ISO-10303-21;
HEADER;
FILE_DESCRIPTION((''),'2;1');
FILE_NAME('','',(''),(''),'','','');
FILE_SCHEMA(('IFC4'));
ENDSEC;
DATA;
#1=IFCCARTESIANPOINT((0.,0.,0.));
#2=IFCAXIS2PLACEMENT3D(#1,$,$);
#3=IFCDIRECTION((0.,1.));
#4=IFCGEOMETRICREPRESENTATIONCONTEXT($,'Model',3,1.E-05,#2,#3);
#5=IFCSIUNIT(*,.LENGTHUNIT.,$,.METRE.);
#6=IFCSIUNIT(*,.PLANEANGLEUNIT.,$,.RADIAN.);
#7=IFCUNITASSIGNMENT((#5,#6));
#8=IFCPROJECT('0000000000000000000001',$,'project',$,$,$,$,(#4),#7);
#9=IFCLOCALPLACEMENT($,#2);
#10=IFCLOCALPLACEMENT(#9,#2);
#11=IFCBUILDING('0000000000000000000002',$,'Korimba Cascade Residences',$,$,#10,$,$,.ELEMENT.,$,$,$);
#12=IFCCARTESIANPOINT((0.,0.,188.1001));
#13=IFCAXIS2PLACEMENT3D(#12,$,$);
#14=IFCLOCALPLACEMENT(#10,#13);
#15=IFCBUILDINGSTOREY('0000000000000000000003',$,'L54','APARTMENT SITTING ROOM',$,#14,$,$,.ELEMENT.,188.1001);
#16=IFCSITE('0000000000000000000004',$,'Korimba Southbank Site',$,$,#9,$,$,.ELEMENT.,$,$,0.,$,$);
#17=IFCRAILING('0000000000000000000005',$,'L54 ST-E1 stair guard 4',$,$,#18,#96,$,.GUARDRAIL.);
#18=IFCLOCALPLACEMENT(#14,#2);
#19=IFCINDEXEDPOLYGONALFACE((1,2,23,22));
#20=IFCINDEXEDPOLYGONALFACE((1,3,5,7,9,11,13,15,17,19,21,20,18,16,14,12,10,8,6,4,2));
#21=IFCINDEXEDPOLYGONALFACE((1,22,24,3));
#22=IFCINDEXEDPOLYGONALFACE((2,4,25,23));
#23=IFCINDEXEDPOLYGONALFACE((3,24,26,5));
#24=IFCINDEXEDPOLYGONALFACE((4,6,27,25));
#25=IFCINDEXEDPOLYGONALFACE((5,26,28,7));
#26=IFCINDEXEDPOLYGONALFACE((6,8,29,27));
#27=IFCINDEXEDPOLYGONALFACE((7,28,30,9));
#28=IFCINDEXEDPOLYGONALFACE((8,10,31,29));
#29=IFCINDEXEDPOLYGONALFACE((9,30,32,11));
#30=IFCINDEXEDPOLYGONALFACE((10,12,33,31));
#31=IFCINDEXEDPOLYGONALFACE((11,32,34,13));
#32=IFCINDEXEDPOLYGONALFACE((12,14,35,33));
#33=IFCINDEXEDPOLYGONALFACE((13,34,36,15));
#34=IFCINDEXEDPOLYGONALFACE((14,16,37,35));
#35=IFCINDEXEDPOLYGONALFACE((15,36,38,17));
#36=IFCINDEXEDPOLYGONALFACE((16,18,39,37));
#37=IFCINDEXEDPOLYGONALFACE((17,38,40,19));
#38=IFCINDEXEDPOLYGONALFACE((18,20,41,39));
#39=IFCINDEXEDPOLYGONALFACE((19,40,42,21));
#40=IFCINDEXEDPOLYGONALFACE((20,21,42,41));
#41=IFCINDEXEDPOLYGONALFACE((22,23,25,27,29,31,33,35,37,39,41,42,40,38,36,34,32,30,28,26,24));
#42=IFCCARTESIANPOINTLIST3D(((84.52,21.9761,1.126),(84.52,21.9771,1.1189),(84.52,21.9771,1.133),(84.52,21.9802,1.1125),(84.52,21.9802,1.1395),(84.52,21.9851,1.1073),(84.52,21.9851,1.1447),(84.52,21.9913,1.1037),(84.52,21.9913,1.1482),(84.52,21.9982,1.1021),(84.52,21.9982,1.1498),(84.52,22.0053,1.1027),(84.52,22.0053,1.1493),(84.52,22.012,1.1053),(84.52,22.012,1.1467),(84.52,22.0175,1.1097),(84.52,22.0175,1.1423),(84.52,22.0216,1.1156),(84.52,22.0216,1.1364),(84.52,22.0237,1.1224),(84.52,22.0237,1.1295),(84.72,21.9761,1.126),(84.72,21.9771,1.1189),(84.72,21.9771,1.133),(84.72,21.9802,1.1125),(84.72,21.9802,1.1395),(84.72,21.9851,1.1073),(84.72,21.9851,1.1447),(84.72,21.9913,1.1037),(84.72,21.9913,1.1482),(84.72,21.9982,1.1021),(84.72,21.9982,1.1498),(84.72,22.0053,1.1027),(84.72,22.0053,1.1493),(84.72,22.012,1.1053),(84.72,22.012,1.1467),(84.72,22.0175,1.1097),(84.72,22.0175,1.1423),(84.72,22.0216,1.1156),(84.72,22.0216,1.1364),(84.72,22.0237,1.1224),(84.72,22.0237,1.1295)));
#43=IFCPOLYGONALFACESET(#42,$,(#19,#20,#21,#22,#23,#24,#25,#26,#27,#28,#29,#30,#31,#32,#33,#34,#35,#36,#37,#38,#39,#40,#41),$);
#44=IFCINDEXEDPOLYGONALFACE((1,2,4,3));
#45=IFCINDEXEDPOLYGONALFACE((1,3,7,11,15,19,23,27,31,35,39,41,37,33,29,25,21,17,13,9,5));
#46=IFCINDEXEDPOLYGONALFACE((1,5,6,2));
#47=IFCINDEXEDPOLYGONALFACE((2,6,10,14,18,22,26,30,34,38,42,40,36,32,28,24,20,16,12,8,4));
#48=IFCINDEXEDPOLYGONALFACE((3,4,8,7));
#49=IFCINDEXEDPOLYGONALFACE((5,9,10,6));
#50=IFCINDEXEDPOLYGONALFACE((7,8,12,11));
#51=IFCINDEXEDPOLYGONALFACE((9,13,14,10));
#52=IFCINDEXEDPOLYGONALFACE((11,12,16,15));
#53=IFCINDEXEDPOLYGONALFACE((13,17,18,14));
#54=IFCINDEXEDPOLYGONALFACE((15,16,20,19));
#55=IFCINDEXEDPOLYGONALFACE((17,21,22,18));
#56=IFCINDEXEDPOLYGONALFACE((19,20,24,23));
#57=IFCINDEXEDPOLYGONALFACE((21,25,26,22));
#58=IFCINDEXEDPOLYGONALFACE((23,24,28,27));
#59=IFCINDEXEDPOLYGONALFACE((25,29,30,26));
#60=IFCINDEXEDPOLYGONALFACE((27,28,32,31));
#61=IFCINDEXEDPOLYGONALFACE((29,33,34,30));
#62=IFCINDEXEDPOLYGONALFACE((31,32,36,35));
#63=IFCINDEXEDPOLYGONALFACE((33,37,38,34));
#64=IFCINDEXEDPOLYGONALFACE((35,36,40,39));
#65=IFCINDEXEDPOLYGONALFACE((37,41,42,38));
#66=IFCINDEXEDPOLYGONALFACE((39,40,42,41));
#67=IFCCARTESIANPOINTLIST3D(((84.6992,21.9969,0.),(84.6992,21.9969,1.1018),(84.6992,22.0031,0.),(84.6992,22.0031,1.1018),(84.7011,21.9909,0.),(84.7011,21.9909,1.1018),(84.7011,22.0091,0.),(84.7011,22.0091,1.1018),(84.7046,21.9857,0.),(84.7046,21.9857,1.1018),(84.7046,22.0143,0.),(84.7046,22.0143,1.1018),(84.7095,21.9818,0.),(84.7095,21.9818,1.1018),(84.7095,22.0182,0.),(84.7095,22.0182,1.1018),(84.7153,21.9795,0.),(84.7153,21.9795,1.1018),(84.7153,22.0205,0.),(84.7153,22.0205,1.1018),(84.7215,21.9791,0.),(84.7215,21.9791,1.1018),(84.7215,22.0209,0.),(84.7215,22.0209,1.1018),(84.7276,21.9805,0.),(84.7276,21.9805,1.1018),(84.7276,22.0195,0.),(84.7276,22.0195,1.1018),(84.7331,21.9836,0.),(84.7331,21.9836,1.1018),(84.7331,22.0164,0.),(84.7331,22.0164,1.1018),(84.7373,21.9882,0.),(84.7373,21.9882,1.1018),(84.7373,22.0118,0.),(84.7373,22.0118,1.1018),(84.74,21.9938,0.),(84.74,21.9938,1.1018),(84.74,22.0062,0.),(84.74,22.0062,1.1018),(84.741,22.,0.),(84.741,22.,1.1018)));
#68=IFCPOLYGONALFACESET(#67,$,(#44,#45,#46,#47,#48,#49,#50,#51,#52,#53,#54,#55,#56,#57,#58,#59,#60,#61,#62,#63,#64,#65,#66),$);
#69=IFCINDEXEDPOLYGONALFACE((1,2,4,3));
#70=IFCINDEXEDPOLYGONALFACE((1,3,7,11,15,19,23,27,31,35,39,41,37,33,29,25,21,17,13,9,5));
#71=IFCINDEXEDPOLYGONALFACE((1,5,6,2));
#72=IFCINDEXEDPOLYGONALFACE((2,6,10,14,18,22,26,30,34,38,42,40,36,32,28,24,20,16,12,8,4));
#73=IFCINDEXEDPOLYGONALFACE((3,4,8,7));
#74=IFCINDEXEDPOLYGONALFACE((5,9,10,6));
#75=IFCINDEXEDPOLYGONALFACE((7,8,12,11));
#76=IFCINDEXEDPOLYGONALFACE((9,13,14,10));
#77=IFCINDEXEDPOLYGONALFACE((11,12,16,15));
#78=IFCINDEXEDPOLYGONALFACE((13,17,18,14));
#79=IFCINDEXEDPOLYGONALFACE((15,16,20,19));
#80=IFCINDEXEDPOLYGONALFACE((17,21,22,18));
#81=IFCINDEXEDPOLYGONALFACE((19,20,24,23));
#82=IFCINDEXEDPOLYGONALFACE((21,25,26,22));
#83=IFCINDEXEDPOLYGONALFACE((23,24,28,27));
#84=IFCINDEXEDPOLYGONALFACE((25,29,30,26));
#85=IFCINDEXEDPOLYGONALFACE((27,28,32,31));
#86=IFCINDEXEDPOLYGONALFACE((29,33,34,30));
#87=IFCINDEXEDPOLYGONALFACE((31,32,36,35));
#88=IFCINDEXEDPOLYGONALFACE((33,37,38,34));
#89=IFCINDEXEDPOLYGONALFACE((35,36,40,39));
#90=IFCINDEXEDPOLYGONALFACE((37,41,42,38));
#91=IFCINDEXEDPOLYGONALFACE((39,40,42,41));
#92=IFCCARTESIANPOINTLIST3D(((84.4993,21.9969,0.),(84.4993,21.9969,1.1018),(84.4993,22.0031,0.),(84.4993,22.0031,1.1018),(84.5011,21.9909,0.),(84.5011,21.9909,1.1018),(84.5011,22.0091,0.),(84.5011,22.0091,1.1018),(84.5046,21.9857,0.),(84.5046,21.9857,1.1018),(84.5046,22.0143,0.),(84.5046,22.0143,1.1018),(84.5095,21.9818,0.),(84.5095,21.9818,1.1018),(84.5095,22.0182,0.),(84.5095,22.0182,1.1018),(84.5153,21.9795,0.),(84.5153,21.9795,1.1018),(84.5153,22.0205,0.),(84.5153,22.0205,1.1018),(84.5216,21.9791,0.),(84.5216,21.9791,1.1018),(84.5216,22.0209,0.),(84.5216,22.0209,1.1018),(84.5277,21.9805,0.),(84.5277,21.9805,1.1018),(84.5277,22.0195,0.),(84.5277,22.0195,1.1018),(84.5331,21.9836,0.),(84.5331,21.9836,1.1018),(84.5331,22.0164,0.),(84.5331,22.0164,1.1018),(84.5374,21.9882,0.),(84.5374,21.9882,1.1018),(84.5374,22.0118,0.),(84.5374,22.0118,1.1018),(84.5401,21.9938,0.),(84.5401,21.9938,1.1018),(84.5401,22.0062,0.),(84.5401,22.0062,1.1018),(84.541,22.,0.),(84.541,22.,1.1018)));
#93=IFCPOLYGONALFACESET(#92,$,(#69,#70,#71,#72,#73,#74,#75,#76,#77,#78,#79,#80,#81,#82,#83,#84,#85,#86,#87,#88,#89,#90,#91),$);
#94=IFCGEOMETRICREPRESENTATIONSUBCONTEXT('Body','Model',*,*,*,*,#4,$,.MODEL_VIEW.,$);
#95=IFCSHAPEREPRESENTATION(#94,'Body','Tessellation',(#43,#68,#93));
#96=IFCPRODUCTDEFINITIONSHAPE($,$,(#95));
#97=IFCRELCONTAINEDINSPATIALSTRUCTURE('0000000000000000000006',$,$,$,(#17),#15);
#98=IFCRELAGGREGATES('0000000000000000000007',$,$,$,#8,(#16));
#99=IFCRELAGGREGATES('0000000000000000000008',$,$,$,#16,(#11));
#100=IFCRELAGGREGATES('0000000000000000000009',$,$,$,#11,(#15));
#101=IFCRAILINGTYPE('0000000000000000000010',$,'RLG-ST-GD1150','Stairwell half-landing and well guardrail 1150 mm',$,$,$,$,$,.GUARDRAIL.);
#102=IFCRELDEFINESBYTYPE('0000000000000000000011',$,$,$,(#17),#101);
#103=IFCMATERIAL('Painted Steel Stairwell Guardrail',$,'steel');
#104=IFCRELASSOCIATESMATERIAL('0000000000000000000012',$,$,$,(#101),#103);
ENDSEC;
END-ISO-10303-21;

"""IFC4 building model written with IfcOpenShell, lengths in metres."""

from ifc_helpers import new_model, si_unit, direction, frame, origin, origin_2d, place, context, subcontext, project, spatial, circle, extrude, material, type_object, element, save


model = new_model("IFC4")

# Units and contexts
model_context = context("Model", 3, precision=1e-05, world=origin(), true_north=direction((0.0, 1.0)))
body_context = subcontext(model_context, "Body", "Model", "MODEL_VIEW")
ifc_project = project(units=[si_unit("LENGTHUNIT", "METRE"), si_unit("PLANEANGLEUNIT", "RADIAN")], contexts=[model_context])

# Site, building, storey
site_placement = place(None, origin())
site = spatial("IfcSite", under=ifc_project, at=site_placement, Name="Korimba Southbank Site", CompositionType="ELEMENT", RefElevation=0.0)
building_placement = place(site_placement, origin())
building = spatial("IfcBuilding", under=site, at=building_placement, Name="Korimba Cascade Residences", CompositionType="ELEMENT")
storey_placement = place(building_placement, frame((0.0, 0.0, 188.1001)))
storey = spatial("IfcBuildingStorey", under=building, at=storey_placement, Name="L54", Description="APARTMENT SITTING ROOM", CompositionType="ELEMENT", Elevation=188.1001)

# Railing
ifc_material_1 = material(Name="Painted Steel Stairwell Guardrail", Category="steel")
railing_type_1 = type_object("IfcRailingType", Name="RLG-ST-GD1150", Description="Stairwell half-landing and well guardrail 1150 mm", PredefinedType="GUARDRAIL", material=ifc_material_1)
railing_1_placement = place(storey_placement, frame((84.72, 22.0, 0.0)))
element("IfcRailing", 1, at=railing_1_placement, inside=storey, type_object=railing_type_1, Name="L54 ST-E1 stair guard 4", PredefinedType="GUARDRAIL", context=body_context, shape_type="SweptSolid", body=[
    extrude(circle(Radius=0.0239, at=origin_2d()), frame((0.0, 0.0, 1.126), z_axis=(-1.0, 0.0, 0.0), x_axis=(0.0, -1.0, 0.0)), (0.0, 0.0, 1.0), 0.2),
    extrude(circle(Radius=0.021, at=origin_2d()), origin(), (0.0, 0.0, 1.0), 1.1018),
    extrude(circle(Radius=0.021, at=origin_2d()), frame((-0.2, 0.0, 0.0)), (0.0, 0.0, 1.0), 1.1018),
])

save(model, "model.ifc")
